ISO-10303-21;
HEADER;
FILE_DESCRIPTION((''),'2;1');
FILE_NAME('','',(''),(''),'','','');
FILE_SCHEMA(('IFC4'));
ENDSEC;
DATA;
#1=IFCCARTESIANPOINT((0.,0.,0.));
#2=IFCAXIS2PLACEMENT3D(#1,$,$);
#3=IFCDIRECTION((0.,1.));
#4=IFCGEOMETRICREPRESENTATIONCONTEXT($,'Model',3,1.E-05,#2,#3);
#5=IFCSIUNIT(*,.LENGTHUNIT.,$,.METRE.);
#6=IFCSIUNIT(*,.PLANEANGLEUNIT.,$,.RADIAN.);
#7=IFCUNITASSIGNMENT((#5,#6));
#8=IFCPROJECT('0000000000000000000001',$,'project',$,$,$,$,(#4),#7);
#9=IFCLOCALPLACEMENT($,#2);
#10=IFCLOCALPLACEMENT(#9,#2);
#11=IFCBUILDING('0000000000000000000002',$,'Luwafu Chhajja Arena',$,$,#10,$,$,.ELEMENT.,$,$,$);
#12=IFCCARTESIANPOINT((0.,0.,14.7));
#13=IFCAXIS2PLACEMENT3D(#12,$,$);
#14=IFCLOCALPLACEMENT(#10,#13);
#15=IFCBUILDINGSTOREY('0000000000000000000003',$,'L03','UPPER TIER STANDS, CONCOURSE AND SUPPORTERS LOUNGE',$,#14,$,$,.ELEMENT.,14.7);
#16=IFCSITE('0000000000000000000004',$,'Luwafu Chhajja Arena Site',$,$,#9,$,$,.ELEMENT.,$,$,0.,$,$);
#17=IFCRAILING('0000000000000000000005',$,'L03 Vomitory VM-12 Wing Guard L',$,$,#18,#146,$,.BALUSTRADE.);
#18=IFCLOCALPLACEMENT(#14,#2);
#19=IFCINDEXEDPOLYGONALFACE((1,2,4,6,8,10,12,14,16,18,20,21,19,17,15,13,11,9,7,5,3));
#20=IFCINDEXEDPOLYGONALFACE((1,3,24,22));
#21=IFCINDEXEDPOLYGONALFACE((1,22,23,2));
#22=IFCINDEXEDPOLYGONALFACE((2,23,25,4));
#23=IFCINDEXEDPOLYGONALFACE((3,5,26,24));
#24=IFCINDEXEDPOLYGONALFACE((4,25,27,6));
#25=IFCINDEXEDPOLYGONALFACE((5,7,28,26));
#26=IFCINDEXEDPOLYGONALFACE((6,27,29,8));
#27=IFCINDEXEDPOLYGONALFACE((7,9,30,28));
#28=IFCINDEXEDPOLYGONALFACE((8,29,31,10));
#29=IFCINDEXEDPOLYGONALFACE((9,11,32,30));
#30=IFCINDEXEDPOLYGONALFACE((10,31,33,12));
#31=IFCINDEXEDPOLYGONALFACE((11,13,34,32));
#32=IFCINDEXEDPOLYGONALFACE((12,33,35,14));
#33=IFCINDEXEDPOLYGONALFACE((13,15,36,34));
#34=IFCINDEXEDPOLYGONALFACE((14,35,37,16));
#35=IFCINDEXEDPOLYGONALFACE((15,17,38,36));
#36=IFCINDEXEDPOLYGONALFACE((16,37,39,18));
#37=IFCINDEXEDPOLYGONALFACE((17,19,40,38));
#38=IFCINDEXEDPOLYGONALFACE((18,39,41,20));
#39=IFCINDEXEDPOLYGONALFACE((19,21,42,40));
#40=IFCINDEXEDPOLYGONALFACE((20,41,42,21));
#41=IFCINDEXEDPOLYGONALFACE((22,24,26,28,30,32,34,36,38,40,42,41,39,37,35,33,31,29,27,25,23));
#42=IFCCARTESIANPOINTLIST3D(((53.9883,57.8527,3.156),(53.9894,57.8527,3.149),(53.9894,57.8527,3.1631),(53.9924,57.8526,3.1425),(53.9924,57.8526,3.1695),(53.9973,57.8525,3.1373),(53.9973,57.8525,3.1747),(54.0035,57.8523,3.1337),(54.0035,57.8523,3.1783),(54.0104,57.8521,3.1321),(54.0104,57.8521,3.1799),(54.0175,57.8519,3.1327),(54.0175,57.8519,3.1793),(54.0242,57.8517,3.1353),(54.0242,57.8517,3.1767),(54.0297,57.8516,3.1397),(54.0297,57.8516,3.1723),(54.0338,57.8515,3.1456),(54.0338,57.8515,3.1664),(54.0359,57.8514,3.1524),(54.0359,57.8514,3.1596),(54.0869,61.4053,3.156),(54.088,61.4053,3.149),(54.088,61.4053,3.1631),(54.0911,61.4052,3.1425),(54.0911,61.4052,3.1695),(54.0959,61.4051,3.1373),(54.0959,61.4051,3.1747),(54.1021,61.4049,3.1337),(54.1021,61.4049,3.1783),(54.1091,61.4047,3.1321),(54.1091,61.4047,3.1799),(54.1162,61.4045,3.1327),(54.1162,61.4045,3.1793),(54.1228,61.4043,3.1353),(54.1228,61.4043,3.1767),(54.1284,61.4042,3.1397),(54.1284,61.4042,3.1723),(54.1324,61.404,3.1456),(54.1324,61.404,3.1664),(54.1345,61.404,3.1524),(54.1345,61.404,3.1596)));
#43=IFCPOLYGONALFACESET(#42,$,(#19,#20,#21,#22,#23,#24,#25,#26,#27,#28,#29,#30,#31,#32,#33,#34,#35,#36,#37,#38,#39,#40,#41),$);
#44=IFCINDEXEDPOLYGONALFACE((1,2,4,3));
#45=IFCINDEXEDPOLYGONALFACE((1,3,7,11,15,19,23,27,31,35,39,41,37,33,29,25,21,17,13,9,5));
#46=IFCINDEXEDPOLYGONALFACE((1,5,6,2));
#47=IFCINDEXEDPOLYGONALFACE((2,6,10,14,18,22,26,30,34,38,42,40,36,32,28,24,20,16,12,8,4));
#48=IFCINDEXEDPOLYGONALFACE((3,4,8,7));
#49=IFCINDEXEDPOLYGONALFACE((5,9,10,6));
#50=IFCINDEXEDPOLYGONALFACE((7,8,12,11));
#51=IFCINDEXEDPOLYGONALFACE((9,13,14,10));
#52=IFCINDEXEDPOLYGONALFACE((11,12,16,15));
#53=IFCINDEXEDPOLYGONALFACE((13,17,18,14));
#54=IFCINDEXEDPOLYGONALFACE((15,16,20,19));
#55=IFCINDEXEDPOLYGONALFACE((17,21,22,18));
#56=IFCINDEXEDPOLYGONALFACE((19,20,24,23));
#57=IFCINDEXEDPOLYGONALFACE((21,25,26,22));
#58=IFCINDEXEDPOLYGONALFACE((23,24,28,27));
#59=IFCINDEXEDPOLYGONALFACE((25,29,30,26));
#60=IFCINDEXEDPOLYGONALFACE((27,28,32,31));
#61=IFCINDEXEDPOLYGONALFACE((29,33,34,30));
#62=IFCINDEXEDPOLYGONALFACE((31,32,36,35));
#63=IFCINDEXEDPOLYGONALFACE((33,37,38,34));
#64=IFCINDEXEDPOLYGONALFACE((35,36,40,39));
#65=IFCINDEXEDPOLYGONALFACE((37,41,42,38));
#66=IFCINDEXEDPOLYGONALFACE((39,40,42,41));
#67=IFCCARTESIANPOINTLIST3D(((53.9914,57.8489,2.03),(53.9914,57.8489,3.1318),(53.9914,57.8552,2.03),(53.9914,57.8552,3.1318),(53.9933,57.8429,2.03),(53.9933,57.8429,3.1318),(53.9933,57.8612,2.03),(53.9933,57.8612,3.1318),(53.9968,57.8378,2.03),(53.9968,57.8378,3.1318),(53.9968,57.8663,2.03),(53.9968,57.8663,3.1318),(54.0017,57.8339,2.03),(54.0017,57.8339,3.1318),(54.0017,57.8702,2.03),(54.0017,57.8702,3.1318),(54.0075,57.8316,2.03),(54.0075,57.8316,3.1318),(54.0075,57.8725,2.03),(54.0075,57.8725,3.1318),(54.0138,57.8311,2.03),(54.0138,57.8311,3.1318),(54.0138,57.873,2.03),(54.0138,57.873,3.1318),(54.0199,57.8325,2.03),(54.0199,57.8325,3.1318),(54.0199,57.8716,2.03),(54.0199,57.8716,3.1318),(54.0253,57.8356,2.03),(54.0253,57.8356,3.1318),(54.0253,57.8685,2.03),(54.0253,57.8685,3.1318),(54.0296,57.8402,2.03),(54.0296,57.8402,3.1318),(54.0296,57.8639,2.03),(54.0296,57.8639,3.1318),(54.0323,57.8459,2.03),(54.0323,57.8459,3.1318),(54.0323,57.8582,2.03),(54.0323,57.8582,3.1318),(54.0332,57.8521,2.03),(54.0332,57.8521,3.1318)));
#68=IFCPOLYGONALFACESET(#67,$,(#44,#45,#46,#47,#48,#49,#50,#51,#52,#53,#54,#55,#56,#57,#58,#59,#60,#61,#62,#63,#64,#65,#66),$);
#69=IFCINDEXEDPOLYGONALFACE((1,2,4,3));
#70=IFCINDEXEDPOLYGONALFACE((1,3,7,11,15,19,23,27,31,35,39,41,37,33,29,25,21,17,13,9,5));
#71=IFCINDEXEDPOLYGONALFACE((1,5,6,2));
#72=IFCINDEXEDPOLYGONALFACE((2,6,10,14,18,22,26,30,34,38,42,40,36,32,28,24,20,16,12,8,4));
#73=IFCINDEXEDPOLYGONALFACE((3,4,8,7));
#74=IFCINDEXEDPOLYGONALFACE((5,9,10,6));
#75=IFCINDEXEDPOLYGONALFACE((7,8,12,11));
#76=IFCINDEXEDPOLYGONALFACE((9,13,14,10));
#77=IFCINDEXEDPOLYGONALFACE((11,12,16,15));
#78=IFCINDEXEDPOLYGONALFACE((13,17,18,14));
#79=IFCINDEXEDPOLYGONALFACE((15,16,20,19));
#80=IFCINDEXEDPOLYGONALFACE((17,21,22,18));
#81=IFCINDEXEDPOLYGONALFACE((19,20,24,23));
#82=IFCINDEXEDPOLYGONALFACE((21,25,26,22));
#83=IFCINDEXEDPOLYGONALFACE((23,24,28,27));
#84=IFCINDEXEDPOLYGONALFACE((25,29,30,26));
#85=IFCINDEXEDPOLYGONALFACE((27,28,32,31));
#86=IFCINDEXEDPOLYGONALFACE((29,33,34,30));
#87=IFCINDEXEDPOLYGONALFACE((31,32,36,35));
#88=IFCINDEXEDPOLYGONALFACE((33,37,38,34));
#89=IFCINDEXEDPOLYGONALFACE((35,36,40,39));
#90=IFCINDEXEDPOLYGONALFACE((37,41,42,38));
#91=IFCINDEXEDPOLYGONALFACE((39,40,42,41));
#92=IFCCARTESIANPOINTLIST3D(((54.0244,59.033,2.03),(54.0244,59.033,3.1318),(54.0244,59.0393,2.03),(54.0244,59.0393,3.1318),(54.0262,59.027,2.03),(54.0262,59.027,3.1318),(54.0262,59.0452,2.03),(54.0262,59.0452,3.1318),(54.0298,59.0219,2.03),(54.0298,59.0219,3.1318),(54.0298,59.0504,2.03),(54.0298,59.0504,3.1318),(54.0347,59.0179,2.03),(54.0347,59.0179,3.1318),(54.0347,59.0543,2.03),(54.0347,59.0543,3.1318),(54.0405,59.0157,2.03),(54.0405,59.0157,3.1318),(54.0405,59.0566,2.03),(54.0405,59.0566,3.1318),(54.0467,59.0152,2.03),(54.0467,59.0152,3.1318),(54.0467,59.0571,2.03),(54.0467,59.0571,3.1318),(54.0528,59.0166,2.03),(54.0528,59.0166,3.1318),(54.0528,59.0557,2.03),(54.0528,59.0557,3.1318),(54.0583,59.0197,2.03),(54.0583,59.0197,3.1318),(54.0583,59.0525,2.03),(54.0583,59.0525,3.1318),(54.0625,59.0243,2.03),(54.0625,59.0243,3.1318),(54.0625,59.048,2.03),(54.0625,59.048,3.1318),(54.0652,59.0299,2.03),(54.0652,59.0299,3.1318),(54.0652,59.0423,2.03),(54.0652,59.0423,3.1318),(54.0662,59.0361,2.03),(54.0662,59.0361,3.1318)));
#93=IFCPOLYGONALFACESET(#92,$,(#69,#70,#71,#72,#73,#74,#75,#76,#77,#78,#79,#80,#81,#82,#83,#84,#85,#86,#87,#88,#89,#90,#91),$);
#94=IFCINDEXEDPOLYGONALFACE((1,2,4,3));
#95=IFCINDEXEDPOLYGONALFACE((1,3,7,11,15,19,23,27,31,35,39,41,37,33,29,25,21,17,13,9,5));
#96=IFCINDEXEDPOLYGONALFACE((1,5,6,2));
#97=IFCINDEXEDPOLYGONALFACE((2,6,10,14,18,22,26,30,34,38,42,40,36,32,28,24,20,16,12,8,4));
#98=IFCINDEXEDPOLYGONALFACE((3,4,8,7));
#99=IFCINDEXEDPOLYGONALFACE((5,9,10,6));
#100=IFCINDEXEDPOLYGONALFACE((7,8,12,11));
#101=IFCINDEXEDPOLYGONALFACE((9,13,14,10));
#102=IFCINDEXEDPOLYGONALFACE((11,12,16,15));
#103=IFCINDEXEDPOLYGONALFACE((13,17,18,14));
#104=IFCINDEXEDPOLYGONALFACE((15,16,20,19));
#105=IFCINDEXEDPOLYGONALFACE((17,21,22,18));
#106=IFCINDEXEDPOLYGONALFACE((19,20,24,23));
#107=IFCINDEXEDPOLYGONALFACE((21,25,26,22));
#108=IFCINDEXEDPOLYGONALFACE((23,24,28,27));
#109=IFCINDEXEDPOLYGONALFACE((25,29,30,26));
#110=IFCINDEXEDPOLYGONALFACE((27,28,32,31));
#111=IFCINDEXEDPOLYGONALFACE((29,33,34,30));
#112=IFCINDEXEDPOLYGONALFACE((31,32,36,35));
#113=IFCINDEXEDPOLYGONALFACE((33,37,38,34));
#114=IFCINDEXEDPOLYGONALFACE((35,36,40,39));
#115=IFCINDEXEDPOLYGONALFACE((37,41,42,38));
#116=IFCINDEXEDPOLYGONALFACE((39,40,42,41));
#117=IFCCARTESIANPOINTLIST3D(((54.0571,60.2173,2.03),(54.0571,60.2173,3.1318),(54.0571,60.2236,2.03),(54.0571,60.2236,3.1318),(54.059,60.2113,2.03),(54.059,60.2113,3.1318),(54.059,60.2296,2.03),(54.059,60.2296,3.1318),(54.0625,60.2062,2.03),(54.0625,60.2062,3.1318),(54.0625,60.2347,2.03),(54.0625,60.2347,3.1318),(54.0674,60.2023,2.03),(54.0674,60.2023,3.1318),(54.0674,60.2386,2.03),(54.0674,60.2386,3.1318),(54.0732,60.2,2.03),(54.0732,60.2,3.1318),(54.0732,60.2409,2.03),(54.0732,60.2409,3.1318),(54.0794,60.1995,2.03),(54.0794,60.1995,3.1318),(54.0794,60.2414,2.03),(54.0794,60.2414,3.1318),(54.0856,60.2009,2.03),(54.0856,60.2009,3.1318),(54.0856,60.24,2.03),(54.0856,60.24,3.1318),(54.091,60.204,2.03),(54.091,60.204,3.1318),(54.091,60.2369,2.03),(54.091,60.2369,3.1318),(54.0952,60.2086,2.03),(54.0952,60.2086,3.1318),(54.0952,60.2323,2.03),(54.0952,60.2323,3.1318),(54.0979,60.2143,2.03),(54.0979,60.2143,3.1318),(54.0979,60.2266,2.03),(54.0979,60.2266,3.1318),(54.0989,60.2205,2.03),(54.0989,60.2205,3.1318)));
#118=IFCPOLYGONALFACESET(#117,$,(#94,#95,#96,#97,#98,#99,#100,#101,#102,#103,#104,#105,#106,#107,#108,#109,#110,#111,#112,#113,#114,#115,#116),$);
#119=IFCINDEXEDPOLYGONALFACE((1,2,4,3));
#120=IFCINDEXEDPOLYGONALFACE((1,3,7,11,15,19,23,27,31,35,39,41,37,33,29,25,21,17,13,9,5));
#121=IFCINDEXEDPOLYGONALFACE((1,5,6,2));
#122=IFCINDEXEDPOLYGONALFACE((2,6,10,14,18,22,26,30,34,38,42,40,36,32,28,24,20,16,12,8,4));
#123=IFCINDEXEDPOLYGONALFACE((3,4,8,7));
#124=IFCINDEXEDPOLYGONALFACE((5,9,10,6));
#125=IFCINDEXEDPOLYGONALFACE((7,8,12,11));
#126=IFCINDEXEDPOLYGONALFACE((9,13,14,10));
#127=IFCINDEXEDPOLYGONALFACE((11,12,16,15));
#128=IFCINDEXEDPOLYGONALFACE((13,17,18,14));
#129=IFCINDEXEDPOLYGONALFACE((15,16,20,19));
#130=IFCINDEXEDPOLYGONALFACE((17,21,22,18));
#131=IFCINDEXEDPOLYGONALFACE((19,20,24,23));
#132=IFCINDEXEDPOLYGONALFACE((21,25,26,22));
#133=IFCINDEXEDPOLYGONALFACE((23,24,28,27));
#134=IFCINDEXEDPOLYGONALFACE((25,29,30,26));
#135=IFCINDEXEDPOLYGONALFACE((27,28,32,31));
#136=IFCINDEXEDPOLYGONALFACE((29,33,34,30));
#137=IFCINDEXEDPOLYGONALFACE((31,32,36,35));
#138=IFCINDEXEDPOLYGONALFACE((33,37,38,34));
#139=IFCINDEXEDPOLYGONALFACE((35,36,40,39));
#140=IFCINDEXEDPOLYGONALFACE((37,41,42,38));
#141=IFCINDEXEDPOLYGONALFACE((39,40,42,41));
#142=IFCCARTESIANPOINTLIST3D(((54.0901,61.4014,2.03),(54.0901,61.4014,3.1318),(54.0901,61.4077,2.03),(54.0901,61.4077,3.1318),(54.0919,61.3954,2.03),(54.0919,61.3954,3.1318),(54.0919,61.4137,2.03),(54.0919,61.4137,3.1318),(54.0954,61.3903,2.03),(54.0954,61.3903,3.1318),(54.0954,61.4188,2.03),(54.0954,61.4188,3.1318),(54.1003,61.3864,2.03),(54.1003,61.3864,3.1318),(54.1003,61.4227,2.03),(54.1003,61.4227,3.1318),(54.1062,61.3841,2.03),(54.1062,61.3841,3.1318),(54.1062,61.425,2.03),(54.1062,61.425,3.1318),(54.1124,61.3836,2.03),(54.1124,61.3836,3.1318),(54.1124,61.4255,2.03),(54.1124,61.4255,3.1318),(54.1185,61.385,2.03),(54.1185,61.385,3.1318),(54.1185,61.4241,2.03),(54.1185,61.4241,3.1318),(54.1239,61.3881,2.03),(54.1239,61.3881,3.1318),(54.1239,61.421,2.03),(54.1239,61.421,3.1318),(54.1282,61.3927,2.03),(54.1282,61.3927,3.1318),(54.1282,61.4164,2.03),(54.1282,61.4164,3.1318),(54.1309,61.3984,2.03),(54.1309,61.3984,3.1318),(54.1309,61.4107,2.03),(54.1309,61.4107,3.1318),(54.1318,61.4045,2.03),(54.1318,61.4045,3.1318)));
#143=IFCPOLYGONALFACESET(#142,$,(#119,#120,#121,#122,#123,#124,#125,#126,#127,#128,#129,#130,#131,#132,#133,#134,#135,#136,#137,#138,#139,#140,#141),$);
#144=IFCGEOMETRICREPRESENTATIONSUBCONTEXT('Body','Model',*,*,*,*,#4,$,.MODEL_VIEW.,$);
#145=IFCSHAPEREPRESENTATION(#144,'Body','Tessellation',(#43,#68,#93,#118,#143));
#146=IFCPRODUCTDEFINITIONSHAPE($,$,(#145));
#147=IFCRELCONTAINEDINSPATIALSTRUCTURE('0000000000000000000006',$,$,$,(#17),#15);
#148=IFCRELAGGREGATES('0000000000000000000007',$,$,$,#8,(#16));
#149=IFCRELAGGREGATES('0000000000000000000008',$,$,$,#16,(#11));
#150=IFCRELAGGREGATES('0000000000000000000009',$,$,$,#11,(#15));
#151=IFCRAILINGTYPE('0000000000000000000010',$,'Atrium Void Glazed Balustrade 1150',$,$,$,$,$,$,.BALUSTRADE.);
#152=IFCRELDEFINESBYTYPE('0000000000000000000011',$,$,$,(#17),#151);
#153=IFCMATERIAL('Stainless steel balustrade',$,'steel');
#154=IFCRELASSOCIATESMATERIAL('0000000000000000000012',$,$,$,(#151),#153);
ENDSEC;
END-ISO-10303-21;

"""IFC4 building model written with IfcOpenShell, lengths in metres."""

from ifc_helpers import new_model, si_unit, direction, frame, origin, origin_2d, place, context, subcontext, project, spatial, circle, extrude, material, type_object, element, save


model = new_model("IFC4")

# Units and contexts
model_context = context("Model", 3, precision=1e-05, world=origin(), true_north=direction((0.0, 1.0)))
body_context = subcontext(model_context, "Body", "Model", "MODEL_VIEW")
ifc_project = project(units=[si_unit("LENGTHUNIT", "METRE"), si_unit("PLANEANGLEUNIT", "RADIAN")], contexts=[model_context])

# Site, building, storey
site_placement = place(None, origin())
site = spatial("IfcSite", under=ifc_project, at=site_placement, Name="Luwafu Chhajja Arena Site", CompositionType="ELEMENT", RefElevation=0.0)
building_placement = place(site_placement, origin())
building = spatial("IfcBuilding", under=site, at=building_placement, Name="Luwafu Chhajja Arena", CompositionType="ELEMENT")
storey_placement = place(building_placement, frame((0.0, 0.0, 14.7)))
storey = spatial("IfcBuildingStorey", under=building, at=storey_placement, Name="L03", Description="UPPER TIER STANDS, CONCOURSE AND SUPPORTERS LOUNGE", CompositionType="ELEMENT", Elevation=14.7)

# Railing
ifc_material_1 = material(Name="Stainless steel balustrade", Category="steel")
railing_type_1 = type_object("IfcRailingType", Name="Atrium Void Glazed Balustrade 1150", PredefinedType="BALUSTRADE", material=ifc_material_1)
railing_1_placement = place(storey_placement, frame((54.0122, 57.8521, 2.03)))
element("IfcRailing", 1, at=railing_1_placement, inside=storey, type_object=railing_type_1, Name="L03 Vomitory VM-12 Wing Guard L", PredefinedType="BALUSTRADE", context=body_context, shape_type="SweptSolid", body=[
    extrude(circle(Radius=0.0239, at=origin_2d()), frame((0.0, 0.0, 1.126), z_axis=(0.027754, 0.999615, 0.0), x_axis=(-0.999615, 0.027754, 0.0)), (0.0, 0.0, 1.0), 3.554),
    extrude(circle(Radius=0.021, at=origin_2d()), origin(), (0.0, 0.0, 1.0), 1.1018),
    extrude(circle(Radius=0.021, at=origin_2d()), frame((0.033, 1.1841, 0.0)), (0.0, 0.0, 1.0), 1.1018),
    extrude(circle(Radius=0.021, at=origin_2d()), frame((0.0657, 2.3684, 0.0)), (0.0, 0.0, 1.0), 1.1018),
    extrude(circle(Radius=0.021, at=origin_2d()), frame((0.0986, 3.5525, 0.0)), (0.0, 0.0, 1.0), 1.1018),
])

save(model, "model.ifc")
